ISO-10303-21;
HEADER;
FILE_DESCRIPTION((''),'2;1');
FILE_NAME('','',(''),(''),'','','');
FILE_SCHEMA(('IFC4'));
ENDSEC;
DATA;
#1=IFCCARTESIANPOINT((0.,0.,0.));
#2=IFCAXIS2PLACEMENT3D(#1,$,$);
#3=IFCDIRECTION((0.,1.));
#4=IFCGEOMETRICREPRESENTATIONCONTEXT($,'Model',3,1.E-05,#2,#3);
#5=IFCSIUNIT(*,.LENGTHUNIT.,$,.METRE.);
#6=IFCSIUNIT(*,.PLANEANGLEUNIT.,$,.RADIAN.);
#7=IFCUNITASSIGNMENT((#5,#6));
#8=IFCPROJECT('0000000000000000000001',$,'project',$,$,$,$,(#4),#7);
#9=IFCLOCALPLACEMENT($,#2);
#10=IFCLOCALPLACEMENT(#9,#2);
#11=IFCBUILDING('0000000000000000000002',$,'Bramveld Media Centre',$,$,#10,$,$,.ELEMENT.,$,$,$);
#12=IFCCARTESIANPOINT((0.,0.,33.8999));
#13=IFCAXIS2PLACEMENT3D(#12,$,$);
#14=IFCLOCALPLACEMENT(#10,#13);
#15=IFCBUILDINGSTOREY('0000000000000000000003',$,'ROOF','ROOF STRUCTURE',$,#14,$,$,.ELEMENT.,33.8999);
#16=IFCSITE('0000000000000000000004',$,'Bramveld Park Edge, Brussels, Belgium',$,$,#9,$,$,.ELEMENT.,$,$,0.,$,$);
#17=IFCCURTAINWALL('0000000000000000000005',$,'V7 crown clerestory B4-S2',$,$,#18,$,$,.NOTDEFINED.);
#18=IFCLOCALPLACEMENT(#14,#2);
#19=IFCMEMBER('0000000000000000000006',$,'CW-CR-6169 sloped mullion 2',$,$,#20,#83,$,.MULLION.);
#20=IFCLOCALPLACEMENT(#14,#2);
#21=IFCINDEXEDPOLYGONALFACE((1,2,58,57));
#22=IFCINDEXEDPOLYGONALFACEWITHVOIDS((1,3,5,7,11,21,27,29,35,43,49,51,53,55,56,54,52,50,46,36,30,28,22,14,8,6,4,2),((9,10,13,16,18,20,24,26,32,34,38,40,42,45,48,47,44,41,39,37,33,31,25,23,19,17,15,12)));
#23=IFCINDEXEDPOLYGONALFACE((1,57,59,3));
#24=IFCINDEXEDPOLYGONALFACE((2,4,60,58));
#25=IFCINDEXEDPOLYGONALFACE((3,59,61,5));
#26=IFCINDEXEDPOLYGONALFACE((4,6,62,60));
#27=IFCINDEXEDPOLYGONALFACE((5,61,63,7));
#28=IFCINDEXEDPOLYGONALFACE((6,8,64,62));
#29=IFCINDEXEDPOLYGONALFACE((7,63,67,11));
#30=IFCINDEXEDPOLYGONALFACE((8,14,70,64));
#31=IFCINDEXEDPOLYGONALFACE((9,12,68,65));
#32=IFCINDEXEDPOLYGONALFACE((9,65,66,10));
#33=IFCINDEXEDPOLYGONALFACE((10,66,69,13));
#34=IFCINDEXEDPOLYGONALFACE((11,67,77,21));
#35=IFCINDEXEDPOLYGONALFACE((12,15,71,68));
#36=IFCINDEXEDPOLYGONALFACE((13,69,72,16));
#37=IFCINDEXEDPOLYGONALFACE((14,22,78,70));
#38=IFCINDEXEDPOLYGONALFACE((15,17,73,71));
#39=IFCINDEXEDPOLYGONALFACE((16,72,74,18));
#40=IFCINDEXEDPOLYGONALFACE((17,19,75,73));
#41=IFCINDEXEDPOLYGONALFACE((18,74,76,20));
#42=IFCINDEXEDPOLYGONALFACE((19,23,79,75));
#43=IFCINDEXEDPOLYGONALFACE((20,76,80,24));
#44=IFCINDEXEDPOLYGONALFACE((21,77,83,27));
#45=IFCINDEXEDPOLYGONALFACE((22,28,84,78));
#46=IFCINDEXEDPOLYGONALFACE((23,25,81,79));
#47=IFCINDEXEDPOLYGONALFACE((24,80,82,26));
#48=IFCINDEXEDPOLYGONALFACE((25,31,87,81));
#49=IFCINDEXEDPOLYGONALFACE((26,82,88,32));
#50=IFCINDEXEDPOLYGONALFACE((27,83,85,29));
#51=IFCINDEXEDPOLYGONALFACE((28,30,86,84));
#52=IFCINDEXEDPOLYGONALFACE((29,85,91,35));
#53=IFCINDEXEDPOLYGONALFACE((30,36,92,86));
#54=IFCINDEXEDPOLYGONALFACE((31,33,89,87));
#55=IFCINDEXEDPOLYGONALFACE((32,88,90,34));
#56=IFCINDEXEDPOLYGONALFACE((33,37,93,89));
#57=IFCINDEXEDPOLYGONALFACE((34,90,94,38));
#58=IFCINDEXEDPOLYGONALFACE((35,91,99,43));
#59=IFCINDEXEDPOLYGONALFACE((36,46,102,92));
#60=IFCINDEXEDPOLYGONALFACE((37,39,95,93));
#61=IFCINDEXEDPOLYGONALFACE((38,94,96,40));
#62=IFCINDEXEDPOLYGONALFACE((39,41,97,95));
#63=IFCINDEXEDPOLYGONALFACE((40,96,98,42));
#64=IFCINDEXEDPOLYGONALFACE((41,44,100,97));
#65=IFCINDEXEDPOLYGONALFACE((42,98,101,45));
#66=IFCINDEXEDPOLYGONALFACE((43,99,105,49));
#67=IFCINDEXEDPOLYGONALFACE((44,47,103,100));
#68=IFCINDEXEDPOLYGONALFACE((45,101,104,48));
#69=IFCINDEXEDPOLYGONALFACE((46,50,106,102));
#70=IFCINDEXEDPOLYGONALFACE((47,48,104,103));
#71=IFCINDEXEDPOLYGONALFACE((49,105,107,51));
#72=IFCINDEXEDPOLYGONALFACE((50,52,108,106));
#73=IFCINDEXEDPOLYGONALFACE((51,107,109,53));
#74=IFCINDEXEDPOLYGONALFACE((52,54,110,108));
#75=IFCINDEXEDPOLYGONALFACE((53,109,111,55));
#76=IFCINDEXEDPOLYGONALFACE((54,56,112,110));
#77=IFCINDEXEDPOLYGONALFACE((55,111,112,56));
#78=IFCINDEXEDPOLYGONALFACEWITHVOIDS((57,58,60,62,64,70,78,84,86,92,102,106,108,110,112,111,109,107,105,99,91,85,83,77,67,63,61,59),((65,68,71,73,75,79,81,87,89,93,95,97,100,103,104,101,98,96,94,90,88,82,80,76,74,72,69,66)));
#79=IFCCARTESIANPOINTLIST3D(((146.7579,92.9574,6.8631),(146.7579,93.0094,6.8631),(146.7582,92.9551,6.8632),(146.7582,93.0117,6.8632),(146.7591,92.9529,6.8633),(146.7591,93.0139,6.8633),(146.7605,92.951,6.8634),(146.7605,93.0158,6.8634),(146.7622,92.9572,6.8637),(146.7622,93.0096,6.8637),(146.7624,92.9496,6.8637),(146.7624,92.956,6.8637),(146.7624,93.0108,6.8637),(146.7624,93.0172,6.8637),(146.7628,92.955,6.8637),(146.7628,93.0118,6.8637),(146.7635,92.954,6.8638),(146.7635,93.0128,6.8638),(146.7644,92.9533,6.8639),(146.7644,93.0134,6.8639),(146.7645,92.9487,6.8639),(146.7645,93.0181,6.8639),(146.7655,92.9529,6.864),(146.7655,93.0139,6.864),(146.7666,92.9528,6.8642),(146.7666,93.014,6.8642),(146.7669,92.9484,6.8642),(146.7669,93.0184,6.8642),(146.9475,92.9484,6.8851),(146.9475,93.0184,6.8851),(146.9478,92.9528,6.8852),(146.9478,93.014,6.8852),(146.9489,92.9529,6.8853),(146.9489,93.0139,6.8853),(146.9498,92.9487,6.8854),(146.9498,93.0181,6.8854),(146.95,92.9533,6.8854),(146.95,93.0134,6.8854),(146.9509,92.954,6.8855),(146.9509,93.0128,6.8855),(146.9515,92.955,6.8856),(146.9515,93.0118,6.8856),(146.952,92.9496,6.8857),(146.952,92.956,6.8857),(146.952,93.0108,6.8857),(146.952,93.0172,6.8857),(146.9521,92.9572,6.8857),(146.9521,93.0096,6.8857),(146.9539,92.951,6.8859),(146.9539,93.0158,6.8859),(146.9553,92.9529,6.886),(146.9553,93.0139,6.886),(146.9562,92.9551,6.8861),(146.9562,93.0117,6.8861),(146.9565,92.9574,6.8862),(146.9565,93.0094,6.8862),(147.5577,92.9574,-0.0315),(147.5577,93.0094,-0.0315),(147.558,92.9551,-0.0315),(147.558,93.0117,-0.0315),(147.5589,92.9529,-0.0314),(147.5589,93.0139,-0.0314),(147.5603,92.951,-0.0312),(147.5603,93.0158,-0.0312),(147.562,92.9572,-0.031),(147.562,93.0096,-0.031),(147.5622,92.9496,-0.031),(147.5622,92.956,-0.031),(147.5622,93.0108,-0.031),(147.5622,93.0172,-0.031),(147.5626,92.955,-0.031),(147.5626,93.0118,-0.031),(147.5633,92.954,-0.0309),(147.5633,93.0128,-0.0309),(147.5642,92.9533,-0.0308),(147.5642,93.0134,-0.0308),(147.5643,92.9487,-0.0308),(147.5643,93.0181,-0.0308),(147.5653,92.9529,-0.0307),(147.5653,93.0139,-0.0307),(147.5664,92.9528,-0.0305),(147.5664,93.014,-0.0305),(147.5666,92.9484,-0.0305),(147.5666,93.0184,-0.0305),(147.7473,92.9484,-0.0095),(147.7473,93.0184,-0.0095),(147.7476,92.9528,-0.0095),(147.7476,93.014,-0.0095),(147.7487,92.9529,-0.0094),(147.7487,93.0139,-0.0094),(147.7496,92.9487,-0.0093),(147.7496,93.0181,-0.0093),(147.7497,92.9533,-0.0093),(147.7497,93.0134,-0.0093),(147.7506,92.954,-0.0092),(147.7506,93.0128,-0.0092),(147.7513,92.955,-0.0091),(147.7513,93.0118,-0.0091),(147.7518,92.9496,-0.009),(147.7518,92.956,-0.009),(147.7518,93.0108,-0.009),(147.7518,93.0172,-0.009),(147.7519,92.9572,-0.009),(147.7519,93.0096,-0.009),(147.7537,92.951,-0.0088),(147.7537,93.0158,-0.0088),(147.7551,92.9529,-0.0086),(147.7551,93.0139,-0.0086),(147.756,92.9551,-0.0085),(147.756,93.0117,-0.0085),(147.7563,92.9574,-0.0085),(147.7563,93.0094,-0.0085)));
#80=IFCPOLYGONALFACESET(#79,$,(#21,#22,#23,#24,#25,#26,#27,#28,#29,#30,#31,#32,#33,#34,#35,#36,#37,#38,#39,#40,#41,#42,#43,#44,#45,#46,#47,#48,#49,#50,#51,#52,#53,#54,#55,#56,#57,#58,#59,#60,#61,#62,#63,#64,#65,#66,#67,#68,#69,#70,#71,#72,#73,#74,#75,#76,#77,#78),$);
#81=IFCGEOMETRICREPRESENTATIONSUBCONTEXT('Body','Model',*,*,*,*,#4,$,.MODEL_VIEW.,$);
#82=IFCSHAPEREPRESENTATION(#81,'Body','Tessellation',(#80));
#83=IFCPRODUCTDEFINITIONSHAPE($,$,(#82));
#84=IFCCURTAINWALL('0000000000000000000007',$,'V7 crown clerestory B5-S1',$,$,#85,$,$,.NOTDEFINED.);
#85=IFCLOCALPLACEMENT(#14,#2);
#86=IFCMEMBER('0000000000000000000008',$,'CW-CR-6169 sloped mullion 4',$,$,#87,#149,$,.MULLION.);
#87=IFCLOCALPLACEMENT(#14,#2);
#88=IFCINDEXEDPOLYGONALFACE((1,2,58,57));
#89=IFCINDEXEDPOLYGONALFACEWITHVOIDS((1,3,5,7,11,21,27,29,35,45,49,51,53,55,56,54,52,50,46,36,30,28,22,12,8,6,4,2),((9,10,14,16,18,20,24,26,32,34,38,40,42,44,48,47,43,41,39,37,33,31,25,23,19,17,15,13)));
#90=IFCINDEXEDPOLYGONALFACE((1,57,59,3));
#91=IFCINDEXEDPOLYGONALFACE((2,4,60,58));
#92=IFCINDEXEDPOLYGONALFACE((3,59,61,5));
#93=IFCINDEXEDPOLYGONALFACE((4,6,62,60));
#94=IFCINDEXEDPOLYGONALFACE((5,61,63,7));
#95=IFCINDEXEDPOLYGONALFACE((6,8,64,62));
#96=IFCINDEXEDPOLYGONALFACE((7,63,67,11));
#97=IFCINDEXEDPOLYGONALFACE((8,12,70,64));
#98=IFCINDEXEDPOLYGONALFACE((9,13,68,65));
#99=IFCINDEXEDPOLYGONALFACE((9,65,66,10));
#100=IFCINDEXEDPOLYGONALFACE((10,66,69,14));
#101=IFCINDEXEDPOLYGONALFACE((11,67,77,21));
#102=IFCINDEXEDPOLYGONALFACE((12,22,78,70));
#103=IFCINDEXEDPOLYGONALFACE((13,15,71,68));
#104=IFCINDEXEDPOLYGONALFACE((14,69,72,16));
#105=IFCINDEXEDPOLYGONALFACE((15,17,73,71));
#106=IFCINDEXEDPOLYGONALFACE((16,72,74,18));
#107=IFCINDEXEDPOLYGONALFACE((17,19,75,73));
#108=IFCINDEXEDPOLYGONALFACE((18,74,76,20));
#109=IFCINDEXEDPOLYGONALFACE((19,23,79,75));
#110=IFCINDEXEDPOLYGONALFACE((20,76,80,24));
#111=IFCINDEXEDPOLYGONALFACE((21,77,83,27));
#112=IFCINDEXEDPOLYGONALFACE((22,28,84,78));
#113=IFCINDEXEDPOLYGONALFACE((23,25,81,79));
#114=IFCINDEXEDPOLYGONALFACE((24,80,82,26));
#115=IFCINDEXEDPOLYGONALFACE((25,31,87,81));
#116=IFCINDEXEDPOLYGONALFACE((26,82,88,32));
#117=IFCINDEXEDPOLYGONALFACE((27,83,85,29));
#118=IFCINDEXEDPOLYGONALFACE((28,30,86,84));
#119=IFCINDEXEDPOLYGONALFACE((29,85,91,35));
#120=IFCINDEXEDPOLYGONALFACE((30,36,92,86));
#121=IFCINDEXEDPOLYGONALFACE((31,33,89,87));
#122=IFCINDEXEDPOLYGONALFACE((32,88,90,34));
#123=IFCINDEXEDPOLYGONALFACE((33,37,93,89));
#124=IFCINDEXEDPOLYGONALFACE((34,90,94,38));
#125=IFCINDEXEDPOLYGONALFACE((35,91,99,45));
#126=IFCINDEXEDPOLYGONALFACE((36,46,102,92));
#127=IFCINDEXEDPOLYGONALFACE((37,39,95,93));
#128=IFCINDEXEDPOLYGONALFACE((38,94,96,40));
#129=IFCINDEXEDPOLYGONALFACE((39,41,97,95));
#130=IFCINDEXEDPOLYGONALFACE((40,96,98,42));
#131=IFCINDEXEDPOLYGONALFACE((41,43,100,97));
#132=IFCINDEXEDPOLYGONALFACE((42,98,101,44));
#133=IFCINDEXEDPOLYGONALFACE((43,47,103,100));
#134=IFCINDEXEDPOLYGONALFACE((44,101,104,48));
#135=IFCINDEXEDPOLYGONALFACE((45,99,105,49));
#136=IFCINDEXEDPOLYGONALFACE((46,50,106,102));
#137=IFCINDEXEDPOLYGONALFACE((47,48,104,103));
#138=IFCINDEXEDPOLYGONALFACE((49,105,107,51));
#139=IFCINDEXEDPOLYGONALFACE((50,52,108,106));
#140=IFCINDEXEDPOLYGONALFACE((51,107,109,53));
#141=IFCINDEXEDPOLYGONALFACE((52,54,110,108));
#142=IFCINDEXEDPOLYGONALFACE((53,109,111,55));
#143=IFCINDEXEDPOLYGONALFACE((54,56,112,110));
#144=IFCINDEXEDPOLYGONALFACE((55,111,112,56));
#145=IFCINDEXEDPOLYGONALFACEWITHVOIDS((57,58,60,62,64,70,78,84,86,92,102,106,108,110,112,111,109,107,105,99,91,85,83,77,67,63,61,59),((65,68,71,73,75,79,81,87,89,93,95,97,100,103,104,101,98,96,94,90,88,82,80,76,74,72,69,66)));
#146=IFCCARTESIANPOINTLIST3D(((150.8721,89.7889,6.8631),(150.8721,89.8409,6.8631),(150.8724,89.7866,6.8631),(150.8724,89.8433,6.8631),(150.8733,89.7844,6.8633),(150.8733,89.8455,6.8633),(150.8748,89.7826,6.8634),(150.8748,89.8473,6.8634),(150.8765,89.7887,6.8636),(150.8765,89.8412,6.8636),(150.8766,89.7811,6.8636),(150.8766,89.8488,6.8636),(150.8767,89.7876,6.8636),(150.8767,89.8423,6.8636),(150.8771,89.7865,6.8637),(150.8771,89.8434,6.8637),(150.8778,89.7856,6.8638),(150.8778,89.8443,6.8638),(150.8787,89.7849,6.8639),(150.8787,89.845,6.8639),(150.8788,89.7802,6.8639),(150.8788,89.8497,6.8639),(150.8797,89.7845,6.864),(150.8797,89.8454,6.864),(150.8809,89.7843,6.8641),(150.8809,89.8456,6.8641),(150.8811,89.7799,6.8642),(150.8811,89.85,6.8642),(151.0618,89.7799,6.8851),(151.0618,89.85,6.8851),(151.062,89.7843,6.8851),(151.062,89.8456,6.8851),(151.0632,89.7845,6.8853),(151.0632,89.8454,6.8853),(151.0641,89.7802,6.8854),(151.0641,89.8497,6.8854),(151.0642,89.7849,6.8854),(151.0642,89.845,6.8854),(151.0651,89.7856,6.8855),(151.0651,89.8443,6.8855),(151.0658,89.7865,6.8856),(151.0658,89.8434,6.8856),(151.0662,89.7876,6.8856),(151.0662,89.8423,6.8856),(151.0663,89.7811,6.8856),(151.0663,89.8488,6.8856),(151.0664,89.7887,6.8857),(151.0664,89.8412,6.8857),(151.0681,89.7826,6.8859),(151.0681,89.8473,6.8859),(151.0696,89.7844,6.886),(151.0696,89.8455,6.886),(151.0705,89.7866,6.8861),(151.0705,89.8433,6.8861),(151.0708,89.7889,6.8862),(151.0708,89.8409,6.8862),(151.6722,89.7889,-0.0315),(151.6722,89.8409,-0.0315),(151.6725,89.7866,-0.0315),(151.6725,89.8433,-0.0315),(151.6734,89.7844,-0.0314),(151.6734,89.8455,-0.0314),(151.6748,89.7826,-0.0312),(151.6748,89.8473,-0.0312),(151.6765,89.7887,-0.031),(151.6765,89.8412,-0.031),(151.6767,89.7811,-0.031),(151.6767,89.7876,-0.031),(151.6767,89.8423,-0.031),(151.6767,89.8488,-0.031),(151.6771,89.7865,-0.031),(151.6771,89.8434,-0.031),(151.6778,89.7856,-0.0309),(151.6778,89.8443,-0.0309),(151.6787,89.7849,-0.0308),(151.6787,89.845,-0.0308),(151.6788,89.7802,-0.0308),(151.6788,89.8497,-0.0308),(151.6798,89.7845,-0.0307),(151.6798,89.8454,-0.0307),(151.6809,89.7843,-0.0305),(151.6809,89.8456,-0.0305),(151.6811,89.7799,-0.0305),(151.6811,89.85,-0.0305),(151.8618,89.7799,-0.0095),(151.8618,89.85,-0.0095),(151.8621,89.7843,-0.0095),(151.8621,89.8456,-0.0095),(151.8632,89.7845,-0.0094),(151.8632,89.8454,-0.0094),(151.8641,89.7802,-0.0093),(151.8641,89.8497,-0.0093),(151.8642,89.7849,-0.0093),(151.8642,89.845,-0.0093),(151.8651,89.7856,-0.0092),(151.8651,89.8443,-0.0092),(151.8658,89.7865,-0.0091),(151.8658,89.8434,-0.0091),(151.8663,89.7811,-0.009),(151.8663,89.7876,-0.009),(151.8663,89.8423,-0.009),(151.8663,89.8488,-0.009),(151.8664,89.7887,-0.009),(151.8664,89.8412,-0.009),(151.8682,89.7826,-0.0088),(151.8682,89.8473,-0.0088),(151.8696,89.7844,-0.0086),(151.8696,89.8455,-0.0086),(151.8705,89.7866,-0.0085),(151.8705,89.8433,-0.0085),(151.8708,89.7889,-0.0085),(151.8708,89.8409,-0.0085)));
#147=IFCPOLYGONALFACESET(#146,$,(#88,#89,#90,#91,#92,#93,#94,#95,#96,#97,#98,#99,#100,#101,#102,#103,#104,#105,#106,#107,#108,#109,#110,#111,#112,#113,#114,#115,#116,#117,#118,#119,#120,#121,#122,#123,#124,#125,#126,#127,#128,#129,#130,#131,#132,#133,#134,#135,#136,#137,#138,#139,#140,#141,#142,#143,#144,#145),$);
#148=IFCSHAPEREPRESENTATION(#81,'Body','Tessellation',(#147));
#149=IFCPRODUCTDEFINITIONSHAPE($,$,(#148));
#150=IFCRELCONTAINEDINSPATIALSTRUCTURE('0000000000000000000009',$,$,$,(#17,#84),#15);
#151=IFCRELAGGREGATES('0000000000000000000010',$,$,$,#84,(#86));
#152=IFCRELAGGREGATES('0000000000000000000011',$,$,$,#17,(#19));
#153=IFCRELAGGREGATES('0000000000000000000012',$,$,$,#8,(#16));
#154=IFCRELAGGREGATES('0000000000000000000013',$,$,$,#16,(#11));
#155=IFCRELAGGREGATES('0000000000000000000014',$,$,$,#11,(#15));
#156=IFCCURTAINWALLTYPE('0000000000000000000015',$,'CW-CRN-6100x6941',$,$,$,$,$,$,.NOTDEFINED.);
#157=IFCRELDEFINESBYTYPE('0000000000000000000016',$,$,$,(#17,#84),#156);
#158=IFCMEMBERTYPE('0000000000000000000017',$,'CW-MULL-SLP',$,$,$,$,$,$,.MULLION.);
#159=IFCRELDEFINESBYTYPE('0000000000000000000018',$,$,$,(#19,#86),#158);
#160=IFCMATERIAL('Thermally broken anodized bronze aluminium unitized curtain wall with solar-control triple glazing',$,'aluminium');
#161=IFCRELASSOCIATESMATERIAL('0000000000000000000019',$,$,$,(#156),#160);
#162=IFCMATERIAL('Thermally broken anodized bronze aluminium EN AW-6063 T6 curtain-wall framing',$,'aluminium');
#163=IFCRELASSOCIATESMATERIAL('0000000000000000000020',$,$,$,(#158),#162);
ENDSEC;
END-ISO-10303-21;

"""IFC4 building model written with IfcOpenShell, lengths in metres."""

from ifc_helpers import new_model, si_unit, direction, frame, origin, origin_2d, place, context, subcontext, project, spatial, hollow_rectangle, extrude, material, material_profile, profile_set, type_object, element, aggregate, save


model = new_model("IFC4")

# Units and contexts
model_context = context("Model", 3, precision=1e-05, world=origin(), true_north=direction((0.0, 1.0)))
body_context = subcontext(model_context, "Body", "Model", "MODEL_VIEW")
ifc_project = project(units=[si_unit("LENGTHUNIT", "METRE"), si_unit("PLANEANGLEUNIT", "RADIAN")], contexts=[model_context])

# Site, building, storey
site_placement = place(None, origin())
site = spatial("IfcSite", under=ifc_project, at=site_placement, Name="Bramveld Park Edge, Brussels, Belgium", CompositionType="ELEMENT", RefElevation=0.0)
building_placement = place(site_placement, origin())
building = spatial("IfcBuilding", under=site, at=building_placement, Name="Bramveld Media Centre", CompositionType="ELEMENT")
storey_placement = place(building_placement, frame((0.0, 0.0, 33.8999)))
storey = spatial("IfcBuildingStorey", under=building, at=storey_placement, Name="ROOF", Description="ROOF STRUCTURE", CompositionType="ELEMENT", Elevation=33.8999)

# Shared definitions
ifc_material_1 = material(Name="Thermally broken anodized bronze aluminium unitized curtain wall with solar-control triple glazing", Category="aluminium")
curtain_wall_type = type_object("IfcCurtainWallType", Name="CW-CRN-6100x6941", PredefinedType="NOTDEFINED", material=ifc_material_1)
ifc_material_2 = material(Name="Thermally broken anodized bronze aluminium EN AW-6063 T6 curtain-wall framing", Category="aluminium")
ifc_material_profile_1 = material_profile(ifc_material_2, hollow_rectangle(XDim=0.0701, YDim=0.2, WallThickness=0.0044, InnerFilletRadius=0.0044, OuterFilletRadius=0.009, at=origin_2d()), Name="AL-MULL 70x200")
ifc_profile_set_1 = profile_set([ifc_material_profile_1], Name="Thermally broken anodized bronze aluminium EN AW-6063 T6 curtain-wall framing")
member_type_1 = type_object("IfcMemberType", Name="CW-MULL-SLP", PredefinedType="MULLION", material=ifc_profile_set_1)

# Curtain wall, member
curtain_wall_1_placement = place(storey_placement, origin())
curtain_wall_1 = element("IfcCurtainWall", 1, at=curtain_wall_1_placement, inside=storey, type_object=curtain_wall_type, Name="V7 crown clerestory B4-S2", PredefinedType="NOTDEFINED")
member_1_placement = place(storey_placement, frame((147.657, 92.9834, -0.02), z_axis=(-0.115229, 0.0, 0.993339), x_axis=(0.0, -1.0, 0.0)))
member_1 = element("IfcMember", 2, at=member_1_placement, type_object=member_type_1, Name="CW-CR-6169 sloped mullion 2", PredefinedType="MULLION", context=body_context, shape_type="SweptSolid", body=[
    extrude(hollow_rectangle(XDim=0.0701, YDim=0.2, WallThickness=0.0044, InnerFilletRadius=0.0044, OuterFilletRadius=0.009, at=origin_2d()), origin(), (0.0, 0.0, 1.0), 6.9409),
])

# Curtain wall, member
curtain_wall_2_placement = place(storey_placement, origin())
curtain_wall_2 = element("IfcCurtainWall", 3, at=curtain_wall_2_placement, inside=storey, type_object=curtain_wall_type, Name="V7 crown clerestory B5-S1", PredefinedType="NOTDEFINED")
member_2_placement = place(storey_placement, frame((151.7715, 89.8149, -0.02), z_axis=(-0.115264, 0.0, 0.993335), x_axis=(0.0, -1.0, 0.0)))
member_2 = element("IfcMember", 4, at=member_2_placement, type_object=member_type_1, Name="CW-CR-6169 sloped mullion 4", PredefinedType="MULLION", context=body_context, shape_type="SweptSolid", body=[
    extrude(hollow_rectangle(XDim=0.0701, YDim=0.2, WallThickness=0.0044, InnerFilletRadius=0.0044, OuterFilletRadius=0.009, at=origin_2d()), origin(), (0.0, 0.0, 1.0), 6.9409),
])
aggregate(curtain_wall_2, [member_2])

aggregate(curtain_wall_1, [member_1])

save(model, "model.ifc")
